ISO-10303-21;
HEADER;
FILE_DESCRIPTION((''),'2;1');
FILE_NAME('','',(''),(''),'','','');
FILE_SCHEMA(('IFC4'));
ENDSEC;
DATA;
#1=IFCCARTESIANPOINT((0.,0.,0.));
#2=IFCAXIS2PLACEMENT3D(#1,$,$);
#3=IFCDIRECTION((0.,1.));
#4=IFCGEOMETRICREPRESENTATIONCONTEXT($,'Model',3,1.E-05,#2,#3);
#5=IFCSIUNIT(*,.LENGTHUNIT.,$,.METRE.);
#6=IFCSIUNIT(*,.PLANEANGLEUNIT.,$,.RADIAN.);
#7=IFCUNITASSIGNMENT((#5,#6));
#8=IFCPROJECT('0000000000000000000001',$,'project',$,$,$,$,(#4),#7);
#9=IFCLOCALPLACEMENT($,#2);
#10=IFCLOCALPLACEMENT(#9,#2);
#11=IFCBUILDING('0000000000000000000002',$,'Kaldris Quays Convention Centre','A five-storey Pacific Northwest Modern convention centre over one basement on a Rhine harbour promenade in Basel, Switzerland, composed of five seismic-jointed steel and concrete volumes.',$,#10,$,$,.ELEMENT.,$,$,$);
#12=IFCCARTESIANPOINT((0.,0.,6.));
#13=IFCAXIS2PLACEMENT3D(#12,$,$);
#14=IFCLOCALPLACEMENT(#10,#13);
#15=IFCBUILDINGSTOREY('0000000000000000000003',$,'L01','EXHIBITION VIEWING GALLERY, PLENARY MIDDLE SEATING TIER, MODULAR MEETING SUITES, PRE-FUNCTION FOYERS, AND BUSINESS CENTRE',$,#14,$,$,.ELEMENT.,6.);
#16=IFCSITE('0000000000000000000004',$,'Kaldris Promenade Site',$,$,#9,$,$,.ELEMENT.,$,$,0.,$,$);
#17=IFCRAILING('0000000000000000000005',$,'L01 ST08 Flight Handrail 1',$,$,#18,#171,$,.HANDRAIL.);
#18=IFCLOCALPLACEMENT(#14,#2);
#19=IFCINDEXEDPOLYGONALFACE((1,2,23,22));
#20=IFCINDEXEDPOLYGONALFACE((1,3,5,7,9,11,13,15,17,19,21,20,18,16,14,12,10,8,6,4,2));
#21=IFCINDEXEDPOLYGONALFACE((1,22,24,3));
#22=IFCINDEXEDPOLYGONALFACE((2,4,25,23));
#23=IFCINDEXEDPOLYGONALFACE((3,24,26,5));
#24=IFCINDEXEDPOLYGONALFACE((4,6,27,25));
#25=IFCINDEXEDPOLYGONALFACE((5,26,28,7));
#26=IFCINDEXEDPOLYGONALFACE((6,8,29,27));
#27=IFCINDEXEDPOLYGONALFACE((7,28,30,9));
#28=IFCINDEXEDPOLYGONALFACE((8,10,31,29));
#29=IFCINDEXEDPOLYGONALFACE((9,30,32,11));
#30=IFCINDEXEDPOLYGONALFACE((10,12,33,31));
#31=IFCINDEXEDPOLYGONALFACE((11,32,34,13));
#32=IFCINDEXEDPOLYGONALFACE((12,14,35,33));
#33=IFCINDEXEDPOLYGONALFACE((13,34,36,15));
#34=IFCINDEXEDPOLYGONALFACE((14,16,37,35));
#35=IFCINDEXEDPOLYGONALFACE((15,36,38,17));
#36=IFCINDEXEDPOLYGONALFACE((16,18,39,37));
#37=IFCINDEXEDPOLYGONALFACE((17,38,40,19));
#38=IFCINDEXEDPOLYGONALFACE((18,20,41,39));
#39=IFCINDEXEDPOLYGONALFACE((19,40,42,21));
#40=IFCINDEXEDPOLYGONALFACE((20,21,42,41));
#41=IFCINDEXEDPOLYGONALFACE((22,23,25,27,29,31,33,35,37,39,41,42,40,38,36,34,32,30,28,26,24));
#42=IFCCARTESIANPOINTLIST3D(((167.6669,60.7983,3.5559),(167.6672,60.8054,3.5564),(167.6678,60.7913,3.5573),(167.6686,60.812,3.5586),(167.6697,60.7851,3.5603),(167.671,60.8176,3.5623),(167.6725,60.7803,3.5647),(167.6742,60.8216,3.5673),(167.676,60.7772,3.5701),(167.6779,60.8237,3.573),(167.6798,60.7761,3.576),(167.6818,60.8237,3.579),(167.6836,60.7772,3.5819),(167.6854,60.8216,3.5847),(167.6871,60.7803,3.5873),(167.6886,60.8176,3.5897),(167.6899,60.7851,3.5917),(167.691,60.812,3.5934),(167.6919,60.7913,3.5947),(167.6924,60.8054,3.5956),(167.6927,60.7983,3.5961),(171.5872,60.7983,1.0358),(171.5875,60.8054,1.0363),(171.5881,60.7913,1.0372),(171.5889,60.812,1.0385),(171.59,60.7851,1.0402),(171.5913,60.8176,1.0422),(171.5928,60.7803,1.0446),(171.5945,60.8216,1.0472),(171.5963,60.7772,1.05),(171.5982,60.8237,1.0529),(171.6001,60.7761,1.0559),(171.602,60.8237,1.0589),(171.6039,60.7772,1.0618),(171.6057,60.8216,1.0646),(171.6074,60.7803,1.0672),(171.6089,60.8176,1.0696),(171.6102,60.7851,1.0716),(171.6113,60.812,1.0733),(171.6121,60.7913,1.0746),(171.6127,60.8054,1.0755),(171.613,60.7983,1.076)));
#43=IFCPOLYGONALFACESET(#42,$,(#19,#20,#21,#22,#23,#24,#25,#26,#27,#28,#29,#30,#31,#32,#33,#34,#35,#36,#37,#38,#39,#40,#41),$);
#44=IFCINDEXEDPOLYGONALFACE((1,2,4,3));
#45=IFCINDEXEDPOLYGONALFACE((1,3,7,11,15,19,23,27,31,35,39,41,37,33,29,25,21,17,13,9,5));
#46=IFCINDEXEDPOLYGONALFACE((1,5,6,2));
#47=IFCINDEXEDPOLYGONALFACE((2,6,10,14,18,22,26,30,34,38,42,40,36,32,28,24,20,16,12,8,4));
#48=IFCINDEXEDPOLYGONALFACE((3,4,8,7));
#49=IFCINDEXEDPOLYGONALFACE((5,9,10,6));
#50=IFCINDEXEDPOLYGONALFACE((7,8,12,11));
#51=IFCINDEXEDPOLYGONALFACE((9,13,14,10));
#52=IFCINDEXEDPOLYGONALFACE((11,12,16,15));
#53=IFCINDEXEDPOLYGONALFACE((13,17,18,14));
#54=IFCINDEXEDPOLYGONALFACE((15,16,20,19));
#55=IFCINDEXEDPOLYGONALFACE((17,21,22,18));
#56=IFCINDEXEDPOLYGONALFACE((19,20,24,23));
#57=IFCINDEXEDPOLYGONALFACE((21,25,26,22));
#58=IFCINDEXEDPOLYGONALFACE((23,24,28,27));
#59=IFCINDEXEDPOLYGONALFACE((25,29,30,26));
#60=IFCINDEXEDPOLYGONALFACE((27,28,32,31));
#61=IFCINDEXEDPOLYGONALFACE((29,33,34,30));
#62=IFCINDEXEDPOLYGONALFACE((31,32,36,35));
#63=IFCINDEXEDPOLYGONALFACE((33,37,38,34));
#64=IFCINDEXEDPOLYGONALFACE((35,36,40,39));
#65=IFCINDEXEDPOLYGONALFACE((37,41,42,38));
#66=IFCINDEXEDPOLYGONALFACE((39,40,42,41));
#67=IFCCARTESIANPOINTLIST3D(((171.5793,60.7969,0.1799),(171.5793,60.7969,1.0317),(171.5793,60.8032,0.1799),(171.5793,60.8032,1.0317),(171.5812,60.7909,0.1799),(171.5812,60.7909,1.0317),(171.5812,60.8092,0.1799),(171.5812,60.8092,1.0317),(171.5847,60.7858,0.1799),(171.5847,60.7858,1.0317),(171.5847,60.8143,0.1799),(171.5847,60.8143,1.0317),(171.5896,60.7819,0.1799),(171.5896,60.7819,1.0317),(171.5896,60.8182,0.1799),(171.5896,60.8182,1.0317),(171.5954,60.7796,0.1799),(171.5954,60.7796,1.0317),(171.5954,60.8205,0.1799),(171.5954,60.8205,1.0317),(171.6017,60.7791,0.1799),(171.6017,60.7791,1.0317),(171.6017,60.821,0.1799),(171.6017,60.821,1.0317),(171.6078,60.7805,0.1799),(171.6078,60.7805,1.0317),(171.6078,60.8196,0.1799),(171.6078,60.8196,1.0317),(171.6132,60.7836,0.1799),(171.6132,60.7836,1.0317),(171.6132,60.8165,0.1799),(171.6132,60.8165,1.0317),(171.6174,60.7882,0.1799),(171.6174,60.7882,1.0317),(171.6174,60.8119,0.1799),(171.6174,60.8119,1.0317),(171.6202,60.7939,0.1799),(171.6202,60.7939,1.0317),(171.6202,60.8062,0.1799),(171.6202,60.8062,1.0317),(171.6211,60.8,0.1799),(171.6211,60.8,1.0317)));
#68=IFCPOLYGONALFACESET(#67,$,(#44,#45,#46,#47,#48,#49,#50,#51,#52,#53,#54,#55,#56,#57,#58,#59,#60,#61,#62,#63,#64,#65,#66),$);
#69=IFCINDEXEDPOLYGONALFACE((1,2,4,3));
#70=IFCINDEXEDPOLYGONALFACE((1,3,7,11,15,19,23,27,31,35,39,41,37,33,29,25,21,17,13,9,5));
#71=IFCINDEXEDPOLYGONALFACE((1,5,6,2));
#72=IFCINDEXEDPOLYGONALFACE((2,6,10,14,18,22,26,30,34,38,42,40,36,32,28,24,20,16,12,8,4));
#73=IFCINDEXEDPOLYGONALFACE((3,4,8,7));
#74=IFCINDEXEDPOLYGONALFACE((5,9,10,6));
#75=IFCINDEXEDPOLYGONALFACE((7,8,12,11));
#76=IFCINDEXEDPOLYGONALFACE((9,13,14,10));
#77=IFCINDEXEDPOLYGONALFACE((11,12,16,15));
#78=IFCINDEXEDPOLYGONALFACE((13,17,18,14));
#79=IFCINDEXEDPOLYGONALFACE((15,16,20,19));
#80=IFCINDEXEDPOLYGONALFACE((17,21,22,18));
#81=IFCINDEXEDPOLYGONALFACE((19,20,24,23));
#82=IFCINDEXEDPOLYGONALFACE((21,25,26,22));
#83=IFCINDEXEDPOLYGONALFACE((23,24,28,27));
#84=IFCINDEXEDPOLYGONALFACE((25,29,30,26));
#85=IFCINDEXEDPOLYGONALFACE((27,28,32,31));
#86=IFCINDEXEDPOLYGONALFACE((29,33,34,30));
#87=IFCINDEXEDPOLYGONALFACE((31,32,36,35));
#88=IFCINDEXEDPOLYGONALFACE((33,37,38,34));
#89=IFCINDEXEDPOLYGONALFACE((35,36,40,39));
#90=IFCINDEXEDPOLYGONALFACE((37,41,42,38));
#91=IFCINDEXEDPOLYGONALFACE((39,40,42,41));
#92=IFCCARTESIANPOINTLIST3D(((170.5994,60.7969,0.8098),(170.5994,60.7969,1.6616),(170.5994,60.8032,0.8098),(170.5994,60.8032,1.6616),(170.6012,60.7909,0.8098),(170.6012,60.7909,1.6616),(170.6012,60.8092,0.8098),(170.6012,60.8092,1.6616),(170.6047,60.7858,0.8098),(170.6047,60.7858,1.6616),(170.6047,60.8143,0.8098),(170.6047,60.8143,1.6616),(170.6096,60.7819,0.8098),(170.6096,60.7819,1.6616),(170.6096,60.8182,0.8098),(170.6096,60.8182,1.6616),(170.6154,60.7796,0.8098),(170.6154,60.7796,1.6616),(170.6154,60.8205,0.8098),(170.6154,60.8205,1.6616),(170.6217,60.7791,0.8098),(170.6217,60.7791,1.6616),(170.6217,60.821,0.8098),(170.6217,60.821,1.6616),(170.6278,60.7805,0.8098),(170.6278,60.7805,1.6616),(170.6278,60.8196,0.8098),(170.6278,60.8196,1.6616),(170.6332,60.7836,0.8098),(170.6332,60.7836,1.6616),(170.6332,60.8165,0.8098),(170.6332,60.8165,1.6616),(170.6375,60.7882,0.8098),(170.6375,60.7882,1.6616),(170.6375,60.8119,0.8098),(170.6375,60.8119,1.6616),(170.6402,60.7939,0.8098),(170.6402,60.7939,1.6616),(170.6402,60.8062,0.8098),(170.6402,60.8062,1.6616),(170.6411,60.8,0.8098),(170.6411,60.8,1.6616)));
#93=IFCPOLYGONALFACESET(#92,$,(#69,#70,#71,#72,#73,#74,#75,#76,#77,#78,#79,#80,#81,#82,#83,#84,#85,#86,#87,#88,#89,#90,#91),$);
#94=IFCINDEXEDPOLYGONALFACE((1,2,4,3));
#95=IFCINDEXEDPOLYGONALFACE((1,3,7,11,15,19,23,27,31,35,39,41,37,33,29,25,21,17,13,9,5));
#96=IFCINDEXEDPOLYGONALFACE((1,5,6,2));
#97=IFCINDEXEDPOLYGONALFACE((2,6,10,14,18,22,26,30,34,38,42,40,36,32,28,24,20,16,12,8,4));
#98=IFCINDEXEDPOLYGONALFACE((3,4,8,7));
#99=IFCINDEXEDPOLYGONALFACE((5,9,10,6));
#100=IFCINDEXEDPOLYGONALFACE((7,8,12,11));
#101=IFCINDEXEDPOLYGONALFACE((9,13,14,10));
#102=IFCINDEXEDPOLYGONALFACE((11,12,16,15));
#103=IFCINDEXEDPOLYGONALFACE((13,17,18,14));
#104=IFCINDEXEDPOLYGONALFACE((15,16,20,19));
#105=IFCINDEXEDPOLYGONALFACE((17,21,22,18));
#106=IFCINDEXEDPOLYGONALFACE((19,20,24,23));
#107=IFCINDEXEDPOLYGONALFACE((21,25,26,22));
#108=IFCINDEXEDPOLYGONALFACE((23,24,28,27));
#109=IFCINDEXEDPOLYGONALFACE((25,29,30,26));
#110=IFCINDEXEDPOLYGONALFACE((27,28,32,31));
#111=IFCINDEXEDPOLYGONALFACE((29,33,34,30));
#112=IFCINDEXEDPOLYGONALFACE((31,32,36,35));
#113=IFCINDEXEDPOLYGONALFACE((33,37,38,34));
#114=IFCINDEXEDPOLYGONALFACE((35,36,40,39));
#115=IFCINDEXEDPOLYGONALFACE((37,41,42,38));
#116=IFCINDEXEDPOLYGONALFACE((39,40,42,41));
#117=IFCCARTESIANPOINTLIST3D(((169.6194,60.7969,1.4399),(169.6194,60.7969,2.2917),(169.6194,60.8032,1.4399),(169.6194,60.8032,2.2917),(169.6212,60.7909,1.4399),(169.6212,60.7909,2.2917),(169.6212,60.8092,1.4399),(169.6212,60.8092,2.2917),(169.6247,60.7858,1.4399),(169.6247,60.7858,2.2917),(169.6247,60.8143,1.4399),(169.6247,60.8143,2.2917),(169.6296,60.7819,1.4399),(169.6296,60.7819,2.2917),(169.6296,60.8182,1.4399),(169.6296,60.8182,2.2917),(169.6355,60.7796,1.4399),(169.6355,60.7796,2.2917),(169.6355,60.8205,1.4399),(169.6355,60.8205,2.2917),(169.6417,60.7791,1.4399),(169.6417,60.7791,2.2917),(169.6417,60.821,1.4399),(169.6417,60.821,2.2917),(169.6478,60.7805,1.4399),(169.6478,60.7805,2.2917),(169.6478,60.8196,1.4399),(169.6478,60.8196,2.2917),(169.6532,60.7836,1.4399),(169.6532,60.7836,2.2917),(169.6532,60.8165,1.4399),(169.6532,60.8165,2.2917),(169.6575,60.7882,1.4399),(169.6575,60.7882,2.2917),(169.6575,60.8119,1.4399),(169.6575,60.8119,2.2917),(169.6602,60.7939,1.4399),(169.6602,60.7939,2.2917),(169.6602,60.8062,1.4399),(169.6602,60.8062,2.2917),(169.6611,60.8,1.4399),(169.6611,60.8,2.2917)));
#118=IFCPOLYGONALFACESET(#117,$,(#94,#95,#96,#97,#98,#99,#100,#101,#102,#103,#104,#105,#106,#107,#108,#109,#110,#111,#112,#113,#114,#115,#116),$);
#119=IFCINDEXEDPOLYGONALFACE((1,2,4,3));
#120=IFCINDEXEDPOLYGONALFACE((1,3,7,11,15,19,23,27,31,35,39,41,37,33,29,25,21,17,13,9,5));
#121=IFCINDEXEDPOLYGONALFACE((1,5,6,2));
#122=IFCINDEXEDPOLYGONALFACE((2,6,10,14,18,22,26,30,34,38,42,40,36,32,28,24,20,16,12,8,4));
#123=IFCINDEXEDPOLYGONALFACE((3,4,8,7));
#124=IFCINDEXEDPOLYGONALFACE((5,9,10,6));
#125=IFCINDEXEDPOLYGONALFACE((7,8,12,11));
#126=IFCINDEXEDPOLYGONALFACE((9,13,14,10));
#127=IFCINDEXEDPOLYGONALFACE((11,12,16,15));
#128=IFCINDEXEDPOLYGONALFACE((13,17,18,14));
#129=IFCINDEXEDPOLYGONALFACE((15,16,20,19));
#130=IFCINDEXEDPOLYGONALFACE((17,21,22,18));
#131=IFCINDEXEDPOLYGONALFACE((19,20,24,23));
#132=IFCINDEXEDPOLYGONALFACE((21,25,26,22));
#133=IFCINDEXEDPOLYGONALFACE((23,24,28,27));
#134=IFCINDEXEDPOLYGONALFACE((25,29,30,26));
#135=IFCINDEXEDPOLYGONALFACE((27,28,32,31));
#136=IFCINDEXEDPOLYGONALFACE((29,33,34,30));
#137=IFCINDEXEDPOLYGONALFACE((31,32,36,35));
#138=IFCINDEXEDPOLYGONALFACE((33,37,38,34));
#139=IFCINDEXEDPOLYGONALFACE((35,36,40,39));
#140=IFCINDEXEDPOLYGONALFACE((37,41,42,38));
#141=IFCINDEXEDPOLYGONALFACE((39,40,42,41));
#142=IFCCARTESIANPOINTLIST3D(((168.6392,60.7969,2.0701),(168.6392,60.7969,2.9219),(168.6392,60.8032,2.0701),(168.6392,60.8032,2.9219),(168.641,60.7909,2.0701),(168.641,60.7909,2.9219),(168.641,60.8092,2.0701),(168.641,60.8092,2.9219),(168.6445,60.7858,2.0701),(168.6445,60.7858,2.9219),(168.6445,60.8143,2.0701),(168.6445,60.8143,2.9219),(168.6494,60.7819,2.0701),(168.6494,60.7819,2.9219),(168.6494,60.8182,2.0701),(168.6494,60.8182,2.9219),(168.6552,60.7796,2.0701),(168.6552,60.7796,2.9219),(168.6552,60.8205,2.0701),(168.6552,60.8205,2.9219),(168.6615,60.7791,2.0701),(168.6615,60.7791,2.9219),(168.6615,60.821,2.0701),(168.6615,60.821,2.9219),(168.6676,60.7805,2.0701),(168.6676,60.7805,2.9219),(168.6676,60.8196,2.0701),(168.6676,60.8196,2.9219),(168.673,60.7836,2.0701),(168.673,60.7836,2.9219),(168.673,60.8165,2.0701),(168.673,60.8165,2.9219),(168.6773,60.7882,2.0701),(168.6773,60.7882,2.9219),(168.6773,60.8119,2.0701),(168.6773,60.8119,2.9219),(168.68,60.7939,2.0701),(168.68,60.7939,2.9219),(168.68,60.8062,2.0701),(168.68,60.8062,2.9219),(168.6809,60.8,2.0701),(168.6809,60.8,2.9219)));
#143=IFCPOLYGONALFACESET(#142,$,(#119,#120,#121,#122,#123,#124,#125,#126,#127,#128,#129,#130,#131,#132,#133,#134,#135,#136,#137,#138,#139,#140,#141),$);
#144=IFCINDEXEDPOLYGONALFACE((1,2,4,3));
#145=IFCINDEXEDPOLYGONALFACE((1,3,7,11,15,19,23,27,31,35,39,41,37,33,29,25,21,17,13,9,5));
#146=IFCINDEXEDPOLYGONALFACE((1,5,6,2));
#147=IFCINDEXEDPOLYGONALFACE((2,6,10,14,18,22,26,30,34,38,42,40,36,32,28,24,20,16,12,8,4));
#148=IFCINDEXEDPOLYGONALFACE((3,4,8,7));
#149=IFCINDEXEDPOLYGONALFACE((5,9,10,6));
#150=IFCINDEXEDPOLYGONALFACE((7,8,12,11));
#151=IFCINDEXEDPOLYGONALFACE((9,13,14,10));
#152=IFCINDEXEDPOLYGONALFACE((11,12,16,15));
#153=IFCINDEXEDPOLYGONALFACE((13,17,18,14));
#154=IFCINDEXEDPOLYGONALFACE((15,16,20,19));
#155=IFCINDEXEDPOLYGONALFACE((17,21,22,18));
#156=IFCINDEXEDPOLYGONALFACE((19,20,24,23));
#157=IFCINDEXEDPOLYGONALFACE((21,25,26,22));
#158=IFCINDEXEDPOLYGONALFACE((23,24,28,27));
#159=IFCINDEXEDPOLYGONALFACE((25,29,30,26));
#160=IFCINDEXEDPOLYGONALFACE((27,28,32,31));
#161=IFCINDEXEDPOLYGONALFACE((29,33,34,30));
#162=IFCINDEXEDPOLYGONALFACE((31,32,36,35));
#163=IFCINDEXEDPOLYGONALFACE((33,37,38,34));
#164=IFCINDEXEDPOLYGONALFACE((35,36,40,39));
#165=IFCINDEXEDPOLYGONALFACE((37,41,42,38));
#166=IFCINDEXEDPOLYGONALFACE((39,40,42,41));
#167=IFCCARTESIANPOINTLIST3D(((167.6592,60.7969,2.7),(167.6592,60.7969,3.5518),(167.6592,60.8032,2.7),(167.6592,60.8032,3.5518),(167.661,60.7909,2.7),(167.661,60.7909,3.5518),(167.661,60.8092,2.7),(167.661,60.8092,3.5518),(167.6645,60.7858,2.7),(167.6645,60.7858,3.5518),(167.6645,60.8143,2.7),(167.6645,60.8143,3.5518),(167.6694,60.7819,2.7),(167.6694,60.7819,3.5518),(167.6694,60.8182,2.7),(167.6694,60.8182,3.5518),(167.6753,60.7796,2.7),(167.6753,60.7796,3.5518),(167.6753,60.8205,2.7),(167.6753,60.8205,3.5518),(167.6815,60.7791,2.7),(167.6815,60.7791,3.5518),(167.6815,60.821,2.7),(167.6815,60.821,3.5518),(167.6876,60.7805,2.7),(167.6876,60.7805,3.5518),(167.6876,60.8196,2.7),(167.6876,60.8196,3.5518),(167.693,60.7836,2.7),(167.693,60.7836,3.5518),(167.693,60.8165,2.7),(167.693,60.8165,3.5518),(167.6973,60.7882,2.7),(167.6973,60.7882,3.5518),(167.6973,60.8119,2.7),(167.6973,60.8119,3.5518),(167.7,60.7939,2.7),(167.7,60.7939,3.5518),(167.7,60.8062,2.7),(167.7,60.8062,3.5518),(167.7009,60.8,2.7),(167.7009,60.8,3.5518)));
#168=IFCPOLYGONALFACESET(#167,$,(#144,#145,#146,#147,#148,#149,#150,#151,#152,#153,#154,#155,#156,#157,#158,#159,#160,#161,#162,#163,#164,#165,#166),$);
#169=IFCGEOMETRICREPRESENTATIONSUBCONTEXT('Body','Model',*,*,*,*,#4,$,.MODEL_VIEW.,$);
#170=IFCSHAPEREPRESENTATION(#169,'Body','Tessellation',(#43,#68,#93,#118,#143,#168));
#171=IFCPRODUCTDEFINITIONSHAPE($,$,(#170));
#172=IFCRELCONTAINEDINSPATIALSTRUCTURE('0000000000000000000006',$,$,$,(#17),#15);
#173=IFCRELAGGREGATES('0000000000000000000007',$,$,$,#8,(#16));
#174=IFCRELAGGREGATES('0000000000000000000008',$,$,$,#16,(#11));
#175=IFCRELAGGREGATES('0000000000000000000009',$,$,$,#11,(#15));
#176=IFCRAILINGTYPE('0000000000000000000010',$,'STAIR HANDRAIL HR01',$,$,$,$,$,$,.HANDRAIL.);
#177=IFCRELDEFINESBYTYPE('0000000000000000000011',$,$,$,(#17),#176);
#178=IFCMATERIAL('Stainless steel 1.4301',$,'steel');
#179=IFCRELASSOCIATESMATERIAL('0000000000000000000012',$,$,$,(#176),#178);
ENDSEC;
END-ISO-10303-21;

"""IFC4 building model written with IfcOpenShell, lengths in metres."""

from ifc_helpers import new_model, si_unit, direction, frame, origin, origin_2d, place, context, subcontext, project, spatial, circle, extrude, material, type_object, element, save


model = new_model("IFC4")

# Units and contexts
model_context = context("Model", 3, precision=1e-05, world=origin(), true_north=direction((0.0, 1.0)))
body_context = subcontext(model_context, "Body", "Model", "MODEL_VIEW")
ifc_project = project(units=[si_unit("LENGTHUNIT", "METRE"), si_unit("PLANEANGLEUNIT", "RADIAN")], contexts=[model_context])

# Site, building, storey
site_placement = place(None, origin())
site = spatial("IfcSite", under=ifc_project, at=site_placement, Name="Kaldris Promenade Site", CompositionType="ELEMENT", RefElevation=0.0)
building_placement = place(site_placement, origin())
building = spatial("IfcBuilding", under=site, at=building_placement, Name="Kaldris Quays Convention Centre", Description="A five-storey Pacific Northwest Modern convention centre over one basement on a Rhine harbour promenade in Basel, Switzerland, composed of five seismic-jointed steel and concrete volumes.", CompositionType="ELEMENT")
storey_placement = place(building_placement, frame((0.0, 0.0, 6.0)))
storey = spatial("IfcBuildingStorey", under=building, at=storey_placement, Name="L01", Description="EXHIBITION VIEWING GALLERY, PLENARY MIDDLE SEATING TIER, MODULAR MEETING SUITES, PRE-FUNCTION FOYERS, AND BUSINESS CENTRE", CompositionType="ELEMENT", Elevation=6.0)

# Railing
ifc_material_1 = material(Name="Stainless steel 1.4301", Category="steel")
railing_type_1 = type_object("IfcRailingType", Name="STAIR HANDRAIL HR01", PredefinedType="HANDRAIL", material=ifc_material_1)
railing_1_placement = place(storey_placement, frame((171.6001, 60.8, 0.1799)))
element("IfcRailing", 1, at=railing_1_placement, inside=storey, type_object=railing_type_1, Name="L01 ST08 Flight Handrail 1", PredefinedType="HANDRAIL", context=body_context, shape_type="SweptSolid", body=[
    extrude(circle(Radius=0.0239, at=origin_2d()), frame((0.0, 0.0, 0.876), z_axis=(-0.841187, 0.0, 0.540744), x_axis=(0.0, -1.0, 0.0)), (0.0, 0.0, 1.0), 4.6604),
    extrude(circle(Radius=0.021, at=origin_2d()), origin(), (0.0, 0.0, 1.0), 0.8518),
    extrude(circle(Radius=0.021, at=origin_2d()), frame((-0.98, 0.0, 0.6299)), (0.0, 0.0, 1.0), 0.8518),
    extrude(circle(Radius=0.021, at=origin_2d()), frame((-1.96, 0.0, 1.26)), (0.0, 0.0, 1.0), 0.8518),
    extrude(circle(Radius=0.021, at=origin_2d()), frame((-2.9402, 0.0, 1.8901)), (0.0, 0.0, 1.0), 0.8518),
    extrude(circle(Radius=0.021, at=origin_2d()), frame((-3.9202, 0.0, 2.52)), (0.0, 0.0, 1.0), 0.8518),
])

save(model, "model.ifc")
